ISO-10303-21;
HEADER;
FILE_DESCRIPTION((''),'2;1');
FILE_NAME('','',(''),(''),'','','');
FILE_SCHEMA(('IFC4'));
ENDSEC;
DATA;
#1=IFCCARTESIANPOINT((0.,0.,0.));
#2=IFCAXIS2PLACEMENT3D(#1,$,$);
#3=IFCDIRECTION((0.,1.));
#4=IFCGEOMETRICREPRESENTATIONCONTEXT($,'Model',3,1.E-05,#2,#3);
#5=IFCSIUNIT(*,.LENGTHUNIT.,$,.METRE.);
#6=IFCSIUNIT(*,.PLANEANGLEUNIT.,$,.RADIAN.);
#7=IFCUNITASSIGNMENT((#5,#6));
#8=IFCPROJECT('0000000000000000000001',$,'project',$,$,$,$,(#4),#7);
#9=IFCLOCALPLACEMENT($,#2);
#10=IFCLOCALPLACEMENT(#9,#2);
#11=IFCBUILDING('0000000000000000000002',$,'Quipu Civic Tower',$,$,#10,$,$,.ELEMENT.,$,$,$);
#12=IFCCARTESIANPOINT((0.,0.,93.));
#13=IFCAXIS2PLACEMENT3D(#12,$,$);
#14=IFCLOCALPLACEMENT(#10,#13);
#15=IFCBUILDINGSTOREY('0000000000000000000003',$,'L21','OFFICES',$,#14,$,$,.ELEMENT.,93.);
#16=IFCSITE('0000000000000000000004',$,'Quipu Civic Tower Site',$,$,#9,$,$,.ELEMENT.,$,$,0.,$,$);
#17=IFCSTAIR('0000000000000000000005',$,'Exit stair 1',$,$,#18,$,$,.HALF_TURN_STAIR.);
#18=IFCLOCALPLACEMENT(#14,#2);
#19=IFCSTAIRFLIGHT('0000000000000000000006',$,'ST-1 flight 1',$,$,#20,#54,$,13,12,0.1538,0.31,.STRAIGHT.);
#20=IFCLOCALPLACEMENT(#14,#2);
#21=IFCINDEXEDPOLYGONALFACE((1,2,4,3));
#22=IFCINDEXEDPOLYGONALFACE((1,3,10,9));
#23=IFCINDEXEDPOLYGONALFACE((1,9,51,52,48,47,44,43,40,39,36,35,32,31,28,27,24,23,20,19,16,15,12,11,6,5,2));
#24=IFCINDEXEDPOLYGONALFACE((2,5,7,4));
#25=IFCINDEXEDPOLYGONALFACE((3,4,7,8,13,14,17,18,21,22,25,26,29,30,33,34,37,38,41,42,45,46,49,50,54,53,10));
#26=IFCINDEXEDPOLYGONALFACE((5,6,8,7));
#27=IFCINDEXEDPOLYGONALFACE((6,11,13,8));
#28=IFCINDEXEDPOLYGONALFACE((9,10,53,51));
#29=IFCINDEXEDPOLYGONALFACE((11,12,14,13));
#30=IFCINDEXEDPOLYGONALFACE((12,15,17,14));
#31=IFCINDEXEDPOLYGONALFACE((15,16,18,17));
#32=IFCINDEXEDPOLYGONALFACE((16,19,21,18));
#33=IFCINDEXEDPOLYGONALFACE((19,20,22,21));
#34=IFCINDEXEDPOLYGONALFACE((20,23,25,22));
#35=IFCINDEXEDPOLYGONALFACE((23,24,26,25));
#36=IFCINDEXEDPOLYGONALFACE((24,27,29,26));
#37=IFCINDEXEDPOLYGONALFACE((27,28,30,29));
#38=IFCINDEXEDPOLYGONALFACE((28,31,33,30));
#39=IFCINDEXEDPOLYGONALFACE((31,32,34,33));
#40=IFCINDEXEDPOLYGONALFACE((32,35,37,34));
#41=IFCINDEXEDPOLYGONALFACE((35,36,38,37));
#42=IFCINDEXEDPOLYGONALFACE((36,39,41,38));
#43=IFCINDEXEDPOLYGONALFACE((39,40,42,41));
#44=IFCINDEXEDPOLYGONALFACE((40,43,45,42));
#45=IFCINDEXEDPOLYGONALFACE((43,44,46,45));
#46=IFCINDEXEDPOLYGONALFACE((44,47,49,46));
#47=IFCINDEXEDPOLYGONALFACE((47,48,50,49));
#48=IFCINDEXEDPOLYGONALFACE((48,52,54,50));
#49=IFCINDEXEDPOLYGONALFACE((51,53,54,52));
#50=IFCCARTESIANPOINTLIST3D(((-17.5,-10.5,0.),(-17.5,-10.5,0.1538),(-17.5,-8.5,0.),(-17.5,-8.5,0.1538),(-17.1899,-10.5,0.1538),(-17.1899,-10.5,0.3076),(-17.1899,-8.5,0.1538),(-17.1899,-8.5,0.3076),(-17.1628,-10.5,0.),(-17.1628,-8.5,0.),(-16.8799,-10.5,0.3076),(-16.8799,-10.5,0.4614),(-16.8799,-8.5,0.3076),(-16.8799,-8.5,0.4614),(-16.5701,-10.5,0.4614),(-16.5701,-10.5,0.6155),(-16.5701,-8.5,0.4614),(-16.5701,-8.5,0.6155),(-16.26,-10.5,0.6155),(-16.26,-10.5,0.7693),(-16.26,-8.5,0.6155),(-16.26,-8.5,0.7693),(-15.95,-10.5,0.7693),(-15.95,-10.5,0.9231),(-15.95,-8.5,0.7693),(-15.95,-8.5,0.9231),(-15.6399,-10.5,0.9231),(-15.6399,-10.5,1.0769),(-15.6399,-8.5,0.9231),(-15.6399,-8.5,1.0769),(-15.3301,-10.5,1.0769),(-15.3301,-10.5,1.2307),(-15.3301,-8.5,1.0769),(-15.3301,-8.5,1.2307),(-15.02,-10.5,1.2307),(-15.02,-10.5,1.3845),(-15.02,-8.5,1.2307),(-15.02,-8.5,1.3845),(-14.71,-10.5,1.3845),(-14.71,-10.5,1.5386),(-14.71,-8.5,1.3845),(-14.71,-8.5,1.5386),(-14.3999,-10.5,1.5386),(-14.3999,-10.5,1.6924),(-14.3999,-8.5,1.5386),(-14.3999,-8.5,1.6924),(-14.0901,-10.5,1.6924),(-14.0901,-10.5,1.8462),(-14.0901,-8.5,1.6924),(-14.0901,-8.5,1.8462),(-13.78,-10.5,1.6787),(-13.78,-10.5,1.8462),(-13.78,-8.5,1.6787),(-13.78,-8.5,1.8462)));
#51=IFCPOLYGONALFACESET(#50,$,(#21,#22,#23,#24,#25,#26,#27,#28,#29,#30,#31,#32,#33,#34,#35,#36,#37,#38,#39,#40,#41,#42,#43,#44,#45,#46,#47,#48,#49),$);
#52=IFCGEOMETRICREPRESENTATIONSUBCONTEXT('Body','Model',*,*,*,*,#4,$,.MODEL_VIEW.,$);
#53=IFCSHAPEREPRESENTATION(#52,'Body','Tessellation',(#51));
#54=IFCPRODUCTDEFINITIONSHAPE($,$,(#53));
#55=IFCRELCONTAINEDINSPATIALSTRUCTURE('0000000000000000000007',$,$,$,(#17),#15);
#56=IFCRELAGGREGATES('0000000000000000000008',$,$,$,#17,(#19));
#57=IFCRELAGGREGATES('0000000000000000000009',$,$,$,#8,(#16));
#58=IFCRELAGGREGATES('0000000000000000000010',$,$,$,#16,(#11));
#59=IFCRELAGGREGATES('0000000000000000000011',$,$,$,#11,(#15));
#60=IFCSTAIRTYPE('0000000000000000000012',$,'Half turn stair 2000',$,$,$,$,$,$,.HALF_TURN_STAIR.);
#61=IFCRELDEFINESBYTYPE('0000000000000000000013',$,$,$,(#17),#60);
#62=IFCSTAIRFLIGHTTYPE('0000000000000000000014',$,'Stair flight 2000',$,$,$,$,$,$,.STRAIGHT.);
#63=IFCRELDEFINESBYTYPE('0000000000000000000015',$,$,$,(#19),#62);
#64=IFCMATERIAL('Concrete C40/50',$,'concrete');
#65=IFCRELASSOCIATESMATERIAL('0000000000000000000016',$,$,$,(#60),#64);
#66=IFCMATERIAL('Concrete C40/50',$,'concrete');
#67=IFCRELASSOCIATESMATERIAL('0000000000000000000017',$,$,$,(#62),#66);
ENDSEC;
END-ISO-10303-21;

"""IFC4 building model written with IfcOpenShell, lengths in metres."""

from ifc_helpers import new_model, si_unit, direction, frame, origin, place, context, subcontext, project, spatial, polyline, outline, extrude, material, type_object, element, aggregate, save


model = new_model("IFC4")

# Units and contexts
model_context = context("Model", 3, precision=1e-05, world=origin(), true_north=direction((0.0, 1.0)))
body_context = subcontext(model_context, "Body", "Model", "MODEL_VIEW")
ifc_project = project(units=[si_unit("LENGTHUNIT", "METRE"), si_unit("PLANEANGLEUNIT", "RADIAN")], contexts=[model_context])

# Site, building, storey
site_placement = place(None, origin())
site = spatial("IfcSite", under=ifc_project, at=site_placement, Name="Quipu Civic Tower Site", CompositionType="ELEMENT", RefElevation=0.0)
building_placement = place(site_placement, origin())
building = spatial("IfcBuilding", under=site, at=building_placement, Name="Quipu Civic Tower", CompositionType="ELEMENT")
storey_placement = place(building_placement, frame((0.0, 0.0, 93.0)))
storey = spatial("IfcBuildingStorey", under=building, at=storey_placement, Name="L21", Description="OFFICES", CompositionType="ELEMENT", Elevation=93.0)

# Stair, stair flight
ifc_material_1 = material(Name="Concrete C40/50", Category="concrete")
stair_type = type_object("IfcStairType", Name="Half turn stair 2000", PredefinedType="HALF_TURN_STAIR", material=ifc_material_1)
stair_placement = place(storey_placement, origin())
stair = element("IfcStair", 1, at=stair_placement, inside=storey, type_object=stair_type, Name="Exit stair 1", PredefinedType="HALF_TURN_STAIR")
ifc_material_2 = material(Name="Concrete C40/50", Category="concrete")
stair_flight_type = type_object("IfcStairFlightType", Name="Stair flight 2000", PredefinedType="STRAIGHT", material=ifc_material_2)
stair_flight_placement = place(storey_placement, frame((-17.5, -9.5, 0.0), z_axis=(0.0, 0.0, 1.0), x_axis=(1.0, 0.0, 0.0)))
stair_flight = element("IfcStairFlight", 2, at=stair_flight_placement, type_object=stair_flight_type, Name="ST-1 flight 1", NumberOfRisers=13, NumberOfTreads=12, PredefinedType="STRAIGHT", RiserHeight=0.1538, TreadLength=0.31, context=body_context, shape_type="SweptSolid", body=[
    extrude(outline(polyline([(0.0, 0.0), (0.0, 0.1538), (0.3101, 0.1538), (0.3101, 0.3076), (0.6201, 0.3076), (0.6201, 0.4614), (0.9299, 0.4614), (0.9299, 0.6155), (1.24, 0.6155), (1.24, 0.7693), (1.55, 0.7693), (1.55, 0.9231), (1.8601, 0.9231), (1.8601, 1.0769), (2.1699, 1.0769), (2.1699, 1.2307), (2.48, 1.2307), (2.48, 1.3845), (2.79, 1.3845), (2.79, 1.5386), (3.1001, 1.5386), (3.1001, 1.6924), (3.4099, 1.6924), (3.4099, 1.8462), (3.72, 1.8462), (3.72, 2.0), (3.72, 1.6787), (0.3372, 0.0), (0.0, 0.0)])), frame((0.0, 1.0, 0.0), z_axis=(0.0, -1.0, 0.0), x_axis=(1.0, 0.0, 0.0)), (0.0, 0.0, 1.0), 2.0),
])
aggregate(stair, [stair_flight])

save(model, "model.ifc")
